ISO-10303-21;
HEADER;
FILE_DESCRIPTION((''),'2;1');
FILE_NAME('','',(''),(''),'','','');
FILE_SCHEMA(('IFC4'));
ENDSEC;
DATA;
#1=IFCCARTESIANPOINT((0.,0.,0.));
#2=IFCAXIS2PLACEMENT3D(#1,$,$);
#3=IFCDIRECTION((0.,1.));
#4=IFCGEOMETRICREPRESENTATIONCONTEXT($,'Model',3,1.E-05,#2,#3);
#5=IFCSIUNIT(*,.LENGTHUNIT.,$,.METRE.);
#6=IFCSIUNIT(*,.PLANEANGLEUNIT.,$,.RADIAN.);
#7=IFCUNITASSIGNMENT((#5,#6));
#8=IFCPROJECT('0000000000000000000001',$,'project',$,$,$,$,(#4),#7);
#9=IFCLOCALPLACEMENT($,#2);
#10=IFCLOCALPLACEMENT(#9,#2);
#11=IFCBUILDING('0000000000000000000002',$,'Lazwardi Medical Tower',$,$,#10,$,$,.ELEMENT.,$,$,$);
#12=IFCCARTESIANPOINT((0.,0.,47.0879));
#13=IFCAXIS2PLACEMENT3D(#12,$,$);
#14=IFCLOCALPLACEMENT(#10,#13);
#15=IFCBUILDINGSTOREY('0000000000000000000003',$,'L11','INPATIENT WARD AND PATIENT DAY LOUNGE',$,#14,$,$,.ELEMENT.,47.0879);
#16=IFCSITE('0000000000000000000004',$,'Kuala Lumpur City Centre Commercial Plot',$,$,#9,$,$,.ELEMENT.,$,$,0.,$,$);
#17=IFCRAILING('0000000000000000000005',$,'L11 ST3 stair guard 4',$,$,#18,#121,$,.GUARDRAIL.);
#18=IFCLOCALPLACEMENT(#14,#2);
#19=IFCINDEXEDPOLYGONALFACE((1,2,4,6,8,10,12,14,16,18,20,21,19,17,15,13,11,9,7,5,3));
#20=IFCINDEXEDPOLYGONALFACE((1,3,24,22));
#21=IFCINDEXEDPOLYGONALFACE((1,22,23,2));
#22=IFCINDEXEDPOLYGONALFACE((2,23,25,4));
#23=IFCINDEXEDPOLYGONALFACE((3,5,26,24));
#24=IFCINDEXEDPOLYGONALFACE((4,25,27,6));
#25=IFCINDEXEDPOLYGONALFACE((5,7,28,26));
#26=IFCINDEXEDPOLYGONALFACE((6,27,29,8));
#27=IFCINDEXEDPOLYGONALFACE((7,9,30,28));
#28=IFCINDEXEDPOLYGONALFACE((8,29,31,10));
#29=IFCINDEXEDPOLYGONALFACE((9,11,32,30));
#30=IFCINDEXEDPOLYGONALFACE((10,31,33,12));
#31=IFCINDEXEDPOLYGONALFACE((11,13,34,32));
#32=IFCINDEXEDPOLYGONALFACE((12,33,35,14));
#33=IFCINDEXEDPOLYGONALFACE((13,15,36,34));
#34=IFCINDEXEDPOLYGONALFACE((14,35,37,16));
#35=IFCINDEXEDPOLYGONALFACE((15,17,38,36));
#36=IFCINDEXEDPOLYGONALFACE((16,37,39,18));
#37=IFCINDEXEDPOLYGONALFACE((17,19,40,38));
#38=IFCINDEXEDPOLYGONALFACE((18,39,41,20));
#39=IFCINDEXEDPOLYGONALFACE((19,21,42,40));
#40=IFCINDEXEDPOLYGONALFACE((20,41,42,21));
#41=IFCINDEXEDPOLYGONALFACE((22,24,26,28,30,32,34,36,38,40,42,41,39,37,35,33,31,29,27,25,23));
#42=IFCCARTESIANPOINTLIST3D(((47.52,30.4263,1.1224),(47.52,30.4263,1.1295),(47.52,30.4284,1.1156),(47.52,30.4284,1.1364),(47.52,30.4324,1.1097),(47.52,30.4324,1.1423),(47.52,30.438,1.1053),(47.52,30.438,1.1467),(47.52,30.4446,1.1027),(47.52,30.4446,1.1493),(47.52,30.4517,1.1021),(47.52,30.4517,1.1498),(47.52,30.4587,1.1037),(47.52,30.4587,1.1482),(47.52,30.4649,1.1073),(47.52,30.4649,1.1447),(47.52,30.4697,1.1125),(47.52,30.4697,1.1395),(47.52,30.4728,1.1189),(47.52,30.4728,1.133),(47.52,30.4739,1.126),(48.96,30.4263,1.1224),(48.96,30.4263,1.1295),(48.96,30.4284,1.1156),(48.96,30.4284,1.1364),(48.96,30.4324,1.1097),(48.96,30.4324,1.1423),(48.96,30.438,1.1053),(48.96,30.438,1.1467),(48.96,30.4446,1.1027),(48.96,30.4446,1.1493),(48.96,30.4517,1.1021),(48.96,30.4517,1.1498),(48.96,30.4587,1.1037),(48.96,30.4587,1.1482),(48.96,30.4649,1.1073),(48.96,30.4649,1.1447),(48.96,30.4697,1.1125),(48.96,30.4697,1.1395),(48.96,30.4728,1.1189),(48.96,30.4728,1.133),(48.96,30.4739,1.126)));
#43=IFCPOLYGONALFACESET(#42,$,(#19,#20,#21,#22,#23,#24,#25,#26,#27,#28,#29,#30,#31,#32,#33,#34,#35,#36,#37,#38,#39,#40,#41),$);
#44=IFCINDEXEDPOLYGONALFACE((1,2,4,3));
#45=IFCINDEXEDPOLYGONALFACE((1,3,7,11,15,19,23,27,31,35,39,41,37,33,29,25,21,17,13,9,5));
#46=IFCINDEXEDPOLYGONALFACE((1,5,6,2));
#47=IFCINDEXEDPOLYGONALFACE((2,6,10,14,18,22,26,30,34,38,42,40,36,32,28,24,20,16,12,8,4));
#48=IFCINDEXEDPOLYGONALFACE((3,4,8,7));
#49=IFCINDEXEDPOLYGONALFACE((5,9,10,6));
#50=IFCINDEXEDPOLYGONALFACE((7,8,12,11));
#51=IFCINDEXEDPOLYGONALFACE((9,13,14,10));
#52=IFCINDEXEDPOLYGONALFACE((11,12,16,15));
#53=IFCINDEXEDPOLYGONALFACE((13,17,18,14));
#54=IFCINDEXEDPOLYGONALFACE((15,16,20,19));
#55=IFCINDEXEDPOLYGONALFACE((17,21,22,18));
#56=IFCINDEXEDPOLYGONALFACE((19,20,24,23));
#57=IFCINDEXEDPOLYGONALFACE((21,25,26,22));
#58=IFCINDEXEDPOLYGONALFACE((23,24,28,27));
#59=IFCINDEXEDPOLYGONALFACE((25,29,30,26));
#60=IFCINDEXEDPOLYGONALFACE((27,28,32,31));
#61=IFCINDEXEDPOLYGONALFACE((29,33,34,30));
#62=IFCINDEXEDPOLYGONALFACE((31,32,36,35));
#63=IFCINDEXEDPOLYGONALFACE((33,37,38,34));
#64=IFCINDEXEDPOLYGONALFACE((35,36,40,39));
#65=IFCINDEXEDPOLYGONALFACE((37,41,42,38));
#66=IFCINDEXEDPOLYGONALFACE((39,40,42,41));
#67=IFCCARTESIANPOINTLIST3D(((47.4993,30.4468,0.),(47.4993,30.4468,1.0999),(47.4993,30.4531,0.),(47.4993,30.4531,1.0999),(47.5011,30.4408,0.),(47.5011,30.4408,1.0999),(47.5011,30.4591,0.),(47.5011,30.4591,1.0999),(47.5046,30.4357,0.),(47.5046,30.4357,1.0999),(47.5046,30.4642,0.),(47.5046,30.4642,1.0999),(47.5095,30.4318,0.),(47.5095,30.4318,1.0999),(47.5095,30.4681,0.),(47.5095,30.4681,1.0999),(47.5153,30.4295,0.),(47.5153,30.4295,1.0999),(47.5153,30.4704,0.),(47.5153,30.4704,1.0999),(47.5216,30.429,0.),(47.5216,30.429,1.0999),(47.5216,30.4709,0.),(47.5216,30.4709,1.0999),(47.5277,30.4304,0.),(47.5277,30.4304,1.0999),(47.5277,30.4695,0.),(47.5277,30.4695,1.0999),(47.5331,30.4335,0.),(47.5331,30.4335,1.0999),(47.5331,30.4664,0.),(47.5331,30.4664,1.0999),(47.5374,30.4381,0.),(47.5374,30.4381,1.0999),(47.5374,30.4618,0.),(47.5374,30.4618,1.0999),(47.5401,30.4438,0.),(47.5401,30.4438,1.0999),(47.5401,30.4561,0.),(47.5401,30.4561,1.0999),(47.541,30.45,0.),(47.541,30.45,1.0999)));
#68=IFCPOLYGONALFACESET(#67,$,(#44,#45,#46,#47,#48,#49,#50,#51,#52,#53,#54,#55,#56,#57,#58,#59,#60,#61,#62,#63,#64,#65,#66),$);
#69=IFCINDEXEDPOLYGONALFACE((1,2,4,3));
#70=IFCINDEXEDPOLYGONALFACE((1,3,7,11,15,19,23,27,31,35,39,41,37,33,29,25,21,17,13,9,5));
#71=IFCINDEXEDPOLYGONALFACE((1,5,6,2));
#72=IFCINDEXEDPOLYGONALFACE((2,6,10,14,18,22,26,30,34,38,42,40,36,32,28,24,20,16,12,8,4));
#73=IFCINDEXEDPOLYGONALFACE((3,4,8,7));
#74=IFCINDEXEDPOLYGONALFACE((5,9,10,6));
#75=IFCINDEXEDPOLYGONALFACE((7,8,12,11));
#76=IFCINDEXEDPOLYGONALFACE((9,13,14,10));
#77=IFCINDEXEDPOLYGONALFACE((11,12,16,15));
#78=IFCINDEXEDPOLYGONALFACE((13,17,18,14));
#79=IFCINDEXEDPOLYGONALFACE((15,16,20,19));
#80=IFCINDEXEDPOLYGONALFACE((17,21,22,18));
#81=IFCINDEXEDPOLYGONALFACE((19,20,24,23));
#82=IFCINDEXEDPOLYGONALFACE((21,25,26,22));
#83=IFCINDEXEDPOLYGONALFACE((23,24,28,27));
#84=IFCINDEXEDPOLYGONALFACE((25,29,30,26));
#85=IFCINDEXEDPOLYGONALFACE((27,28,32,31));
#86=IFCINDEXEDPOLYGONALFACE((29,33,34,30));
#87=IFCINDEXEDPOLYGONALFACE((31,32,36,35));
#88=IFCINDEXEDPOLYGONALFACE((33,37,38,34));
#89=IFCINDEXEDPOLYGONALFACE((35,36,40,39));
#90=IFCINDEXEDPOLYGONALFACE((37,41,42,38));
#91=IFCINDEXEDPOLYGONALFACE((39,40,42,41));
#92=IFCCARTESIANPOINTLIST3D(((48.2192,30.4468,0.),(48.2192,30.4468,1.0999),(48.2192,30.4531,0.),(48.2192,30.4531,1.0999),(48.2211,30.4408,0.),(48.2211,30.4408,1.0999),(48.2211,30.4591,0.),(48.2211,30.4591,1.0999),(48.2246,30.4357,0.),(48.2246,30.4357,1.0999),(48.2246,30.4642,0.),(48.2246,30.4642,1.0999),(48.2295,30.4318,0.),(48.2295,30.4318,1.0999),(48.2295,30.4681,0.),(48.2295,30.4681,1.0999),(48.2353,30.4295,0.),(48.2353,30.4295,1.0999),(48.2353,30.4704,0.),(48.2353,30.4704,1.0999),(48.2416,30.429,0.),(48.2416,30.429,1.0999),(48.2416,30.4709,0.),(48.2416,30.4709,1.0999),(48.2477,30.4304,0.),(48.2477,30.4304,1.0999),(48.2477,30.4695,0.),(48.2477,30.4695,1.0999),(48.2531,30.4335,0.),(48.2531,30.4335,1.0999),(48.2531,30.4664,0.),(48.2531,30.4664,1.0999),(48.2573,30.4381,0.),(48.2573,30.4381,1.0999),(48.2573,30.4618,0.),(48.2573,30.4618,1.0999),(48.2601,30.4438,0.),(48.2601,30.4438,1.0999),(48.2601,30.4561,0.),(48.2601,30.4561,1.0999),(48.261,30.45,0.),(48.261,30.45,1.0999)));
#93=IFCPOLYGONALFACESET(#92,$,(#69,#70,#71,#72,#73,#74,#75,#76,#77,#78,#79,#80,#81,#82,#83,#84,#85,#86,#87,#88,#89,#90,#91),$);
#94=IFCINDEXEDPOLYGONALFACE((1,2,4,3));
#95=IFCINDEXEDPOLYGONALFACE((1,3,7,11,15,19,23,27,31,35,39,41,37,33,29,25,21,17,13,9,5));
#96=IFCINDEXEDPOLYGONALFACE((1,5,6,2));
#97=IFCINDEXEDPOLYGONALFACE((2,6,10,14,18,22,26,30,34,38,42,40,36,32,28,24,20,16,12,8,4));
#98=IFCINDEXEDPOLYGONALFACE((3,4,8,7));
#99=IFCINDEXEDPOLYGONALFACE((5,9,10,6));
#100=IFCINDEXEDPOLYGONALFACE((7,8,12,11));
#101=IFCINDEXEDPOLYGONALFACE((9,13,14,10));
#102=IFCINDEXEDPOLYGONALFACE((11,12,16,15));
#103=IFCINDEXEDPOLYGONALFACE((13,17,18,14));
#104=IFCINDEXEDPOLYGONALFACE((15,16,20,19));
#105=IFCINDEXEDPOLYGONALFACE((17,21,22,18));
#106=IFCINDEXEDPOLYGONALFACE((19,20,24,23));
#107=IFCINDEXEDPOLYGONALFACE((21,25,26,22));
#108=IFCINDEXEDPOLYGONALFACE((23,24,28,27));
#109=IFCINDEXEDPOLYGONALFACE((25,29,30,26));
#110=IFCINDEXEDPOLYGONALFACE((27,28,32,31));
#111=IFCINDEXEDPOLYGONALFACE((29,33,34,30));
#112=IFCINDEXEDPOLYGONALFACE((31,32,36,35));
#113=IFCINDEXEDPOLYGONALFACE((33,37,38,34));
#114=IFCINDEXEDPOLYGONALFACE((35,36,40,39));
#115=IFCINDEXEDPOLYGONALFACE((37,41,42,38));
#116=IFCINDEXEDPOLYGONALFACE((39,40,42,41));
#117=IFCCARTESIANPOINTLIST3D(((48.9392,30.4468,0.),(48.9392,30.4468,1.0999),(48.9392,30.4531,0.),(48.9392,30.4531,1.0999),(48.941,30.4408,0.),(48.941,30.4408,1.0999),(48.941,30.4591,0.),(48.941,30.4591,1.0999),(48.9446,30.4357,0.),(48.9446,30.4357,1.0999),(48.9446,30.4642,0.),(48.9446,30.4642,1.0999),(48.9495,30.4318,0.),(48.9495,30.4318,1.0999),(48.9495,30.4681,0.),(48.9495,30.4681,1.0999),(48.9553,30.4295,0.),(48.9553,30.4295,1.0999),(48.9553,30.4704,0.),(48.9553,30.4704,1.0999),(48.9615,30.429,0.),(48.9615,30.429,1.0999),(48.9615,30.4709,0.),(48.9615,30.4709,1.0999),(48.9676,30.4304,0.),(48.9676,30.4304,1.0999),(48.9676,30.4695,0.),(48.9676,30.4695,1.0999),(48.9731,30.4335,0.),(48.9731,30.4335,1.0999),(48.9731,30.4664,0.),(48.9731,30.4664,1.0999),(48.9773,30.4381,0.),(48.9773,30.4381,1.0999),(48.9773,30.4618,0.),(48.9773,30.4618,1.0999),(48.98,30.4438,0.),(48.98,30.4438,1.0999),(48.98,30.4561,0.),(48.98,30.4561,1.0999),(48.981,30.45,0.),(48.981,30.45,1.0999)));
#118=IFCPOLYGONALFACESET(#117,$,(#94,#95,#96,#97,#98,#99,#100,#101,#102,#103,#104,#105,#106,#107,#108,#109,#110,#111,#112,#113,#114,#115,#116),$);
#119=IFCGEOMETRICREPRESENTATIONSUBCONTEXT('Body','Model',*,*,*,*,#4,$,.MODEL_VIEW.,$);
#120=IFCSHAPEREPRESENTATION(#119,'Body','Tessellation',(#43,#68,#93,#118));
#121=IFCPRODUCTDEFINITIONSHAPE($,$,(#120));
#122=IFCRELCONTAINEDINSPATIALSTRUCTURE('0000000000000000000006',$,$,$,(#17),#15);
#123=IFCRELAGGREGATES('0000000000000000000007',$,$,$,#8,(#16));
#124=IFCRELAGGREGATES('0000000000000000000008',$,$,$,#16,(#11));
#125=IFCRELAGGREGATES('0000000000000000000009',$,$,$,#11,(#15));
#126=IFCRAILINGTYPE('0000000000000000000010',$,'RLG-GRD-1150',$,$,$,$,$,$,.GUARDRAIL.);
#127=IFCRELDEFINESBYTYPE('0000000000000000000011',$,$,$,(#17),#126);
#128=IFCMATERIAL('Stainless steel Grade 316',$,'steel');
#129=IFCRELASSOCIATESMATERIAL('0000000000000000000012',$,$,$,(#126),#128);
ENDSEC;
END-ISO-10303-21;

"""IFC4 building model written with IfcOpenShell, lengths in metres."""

from ifc_helpers import new_model, si_unit, direction, frame, origin, origin_2d, place, context, subcontext, project, spatial, circle, extrude, material, type_object, element, save


model = new_model("IFC4")

# Units and contexts
model_context = context("Model", 3, precision=1e-05, world=origin(), true_north=direction((0.0, 1.0)))
body_context = subcontext(model_context, "Body", "Model", "MODEL_VIEW")
ifc_project = project(units=[si_unit("LENGTHUNIT", "METRE"), si_unit("PLANEANGLEUNIT", "RADIAN")], contexts=[model_context])

# Site, building, storey
site_placement = place(None, origin())
site = spatial("IfcSite", under=ifc_project, at=site_placement, Name="Kuala Lumpur City Centre Commercial Plot", CompositionType="ELEMENT", RefElevation=0.0)
building_placement = place(site_placement, origin())
building = spatial("IfcBuilding", under=site, at=building_placement, Name="Lazwardi Medical Tower", CompositionType="ELEMENT")
storey_placement = place(building_placement, frame((0.0, 0.0, 47.0879)))
storey = spatial("IfcBuildingStorey", under=building, at=storey_placement, Name="L11", Description="INPATIENT WARD AND PATIENT DAY LOUNGE", CompositionType="ELEMENT", Elevation=47.0879)

# Railing
ifc_material_1 = material(Name="Stainless steel Grade 316", Category="steel")
railing_type_1 = type_object("IfcRailingType", Name="RLG-GRD-1150", PredefinedType="GUARDRAIL", material=ifc_material_1)
railing_1_placement = place(storey_placement, frame((47.52, 30.45, 0.0)))
element("IfcRailing", 1, at=railing_1_placement, inside=storey, type_object=railing_type_1, Name="L11 ST3 stair guard 4", PredefinedType="GUARDRAIL", context=body_context, shape_type="SweptSolid", body=[
    extrude(circle(Radius=0.0239, at=origin_2d()), frame((0.0, 0.0, 1.126), z_axis=(1.0, 0.0, 0.0), x_axis=(0.0, 1.0, 0.0)), (0.0, 0.0, 1.0), 1.4399),
    extrude(circle(Radius=0.021, at=origin_2d()), origin(), (0.0, 0.0, 1.0), 1.0999),
    extrude(circle(Radius=0.021, at=origin_2d()), frame((0.72, 0.0, 0.0)), (0.0, 0.0, 1.0), 1.0999),
    extrude(circle(Radius=0.021, at=origin_2d()), frame((1.4399, 0.0, 0.0)), (0.0, 0.0, 1.0), 1.0999),
])

save(model, "model.ifc")
